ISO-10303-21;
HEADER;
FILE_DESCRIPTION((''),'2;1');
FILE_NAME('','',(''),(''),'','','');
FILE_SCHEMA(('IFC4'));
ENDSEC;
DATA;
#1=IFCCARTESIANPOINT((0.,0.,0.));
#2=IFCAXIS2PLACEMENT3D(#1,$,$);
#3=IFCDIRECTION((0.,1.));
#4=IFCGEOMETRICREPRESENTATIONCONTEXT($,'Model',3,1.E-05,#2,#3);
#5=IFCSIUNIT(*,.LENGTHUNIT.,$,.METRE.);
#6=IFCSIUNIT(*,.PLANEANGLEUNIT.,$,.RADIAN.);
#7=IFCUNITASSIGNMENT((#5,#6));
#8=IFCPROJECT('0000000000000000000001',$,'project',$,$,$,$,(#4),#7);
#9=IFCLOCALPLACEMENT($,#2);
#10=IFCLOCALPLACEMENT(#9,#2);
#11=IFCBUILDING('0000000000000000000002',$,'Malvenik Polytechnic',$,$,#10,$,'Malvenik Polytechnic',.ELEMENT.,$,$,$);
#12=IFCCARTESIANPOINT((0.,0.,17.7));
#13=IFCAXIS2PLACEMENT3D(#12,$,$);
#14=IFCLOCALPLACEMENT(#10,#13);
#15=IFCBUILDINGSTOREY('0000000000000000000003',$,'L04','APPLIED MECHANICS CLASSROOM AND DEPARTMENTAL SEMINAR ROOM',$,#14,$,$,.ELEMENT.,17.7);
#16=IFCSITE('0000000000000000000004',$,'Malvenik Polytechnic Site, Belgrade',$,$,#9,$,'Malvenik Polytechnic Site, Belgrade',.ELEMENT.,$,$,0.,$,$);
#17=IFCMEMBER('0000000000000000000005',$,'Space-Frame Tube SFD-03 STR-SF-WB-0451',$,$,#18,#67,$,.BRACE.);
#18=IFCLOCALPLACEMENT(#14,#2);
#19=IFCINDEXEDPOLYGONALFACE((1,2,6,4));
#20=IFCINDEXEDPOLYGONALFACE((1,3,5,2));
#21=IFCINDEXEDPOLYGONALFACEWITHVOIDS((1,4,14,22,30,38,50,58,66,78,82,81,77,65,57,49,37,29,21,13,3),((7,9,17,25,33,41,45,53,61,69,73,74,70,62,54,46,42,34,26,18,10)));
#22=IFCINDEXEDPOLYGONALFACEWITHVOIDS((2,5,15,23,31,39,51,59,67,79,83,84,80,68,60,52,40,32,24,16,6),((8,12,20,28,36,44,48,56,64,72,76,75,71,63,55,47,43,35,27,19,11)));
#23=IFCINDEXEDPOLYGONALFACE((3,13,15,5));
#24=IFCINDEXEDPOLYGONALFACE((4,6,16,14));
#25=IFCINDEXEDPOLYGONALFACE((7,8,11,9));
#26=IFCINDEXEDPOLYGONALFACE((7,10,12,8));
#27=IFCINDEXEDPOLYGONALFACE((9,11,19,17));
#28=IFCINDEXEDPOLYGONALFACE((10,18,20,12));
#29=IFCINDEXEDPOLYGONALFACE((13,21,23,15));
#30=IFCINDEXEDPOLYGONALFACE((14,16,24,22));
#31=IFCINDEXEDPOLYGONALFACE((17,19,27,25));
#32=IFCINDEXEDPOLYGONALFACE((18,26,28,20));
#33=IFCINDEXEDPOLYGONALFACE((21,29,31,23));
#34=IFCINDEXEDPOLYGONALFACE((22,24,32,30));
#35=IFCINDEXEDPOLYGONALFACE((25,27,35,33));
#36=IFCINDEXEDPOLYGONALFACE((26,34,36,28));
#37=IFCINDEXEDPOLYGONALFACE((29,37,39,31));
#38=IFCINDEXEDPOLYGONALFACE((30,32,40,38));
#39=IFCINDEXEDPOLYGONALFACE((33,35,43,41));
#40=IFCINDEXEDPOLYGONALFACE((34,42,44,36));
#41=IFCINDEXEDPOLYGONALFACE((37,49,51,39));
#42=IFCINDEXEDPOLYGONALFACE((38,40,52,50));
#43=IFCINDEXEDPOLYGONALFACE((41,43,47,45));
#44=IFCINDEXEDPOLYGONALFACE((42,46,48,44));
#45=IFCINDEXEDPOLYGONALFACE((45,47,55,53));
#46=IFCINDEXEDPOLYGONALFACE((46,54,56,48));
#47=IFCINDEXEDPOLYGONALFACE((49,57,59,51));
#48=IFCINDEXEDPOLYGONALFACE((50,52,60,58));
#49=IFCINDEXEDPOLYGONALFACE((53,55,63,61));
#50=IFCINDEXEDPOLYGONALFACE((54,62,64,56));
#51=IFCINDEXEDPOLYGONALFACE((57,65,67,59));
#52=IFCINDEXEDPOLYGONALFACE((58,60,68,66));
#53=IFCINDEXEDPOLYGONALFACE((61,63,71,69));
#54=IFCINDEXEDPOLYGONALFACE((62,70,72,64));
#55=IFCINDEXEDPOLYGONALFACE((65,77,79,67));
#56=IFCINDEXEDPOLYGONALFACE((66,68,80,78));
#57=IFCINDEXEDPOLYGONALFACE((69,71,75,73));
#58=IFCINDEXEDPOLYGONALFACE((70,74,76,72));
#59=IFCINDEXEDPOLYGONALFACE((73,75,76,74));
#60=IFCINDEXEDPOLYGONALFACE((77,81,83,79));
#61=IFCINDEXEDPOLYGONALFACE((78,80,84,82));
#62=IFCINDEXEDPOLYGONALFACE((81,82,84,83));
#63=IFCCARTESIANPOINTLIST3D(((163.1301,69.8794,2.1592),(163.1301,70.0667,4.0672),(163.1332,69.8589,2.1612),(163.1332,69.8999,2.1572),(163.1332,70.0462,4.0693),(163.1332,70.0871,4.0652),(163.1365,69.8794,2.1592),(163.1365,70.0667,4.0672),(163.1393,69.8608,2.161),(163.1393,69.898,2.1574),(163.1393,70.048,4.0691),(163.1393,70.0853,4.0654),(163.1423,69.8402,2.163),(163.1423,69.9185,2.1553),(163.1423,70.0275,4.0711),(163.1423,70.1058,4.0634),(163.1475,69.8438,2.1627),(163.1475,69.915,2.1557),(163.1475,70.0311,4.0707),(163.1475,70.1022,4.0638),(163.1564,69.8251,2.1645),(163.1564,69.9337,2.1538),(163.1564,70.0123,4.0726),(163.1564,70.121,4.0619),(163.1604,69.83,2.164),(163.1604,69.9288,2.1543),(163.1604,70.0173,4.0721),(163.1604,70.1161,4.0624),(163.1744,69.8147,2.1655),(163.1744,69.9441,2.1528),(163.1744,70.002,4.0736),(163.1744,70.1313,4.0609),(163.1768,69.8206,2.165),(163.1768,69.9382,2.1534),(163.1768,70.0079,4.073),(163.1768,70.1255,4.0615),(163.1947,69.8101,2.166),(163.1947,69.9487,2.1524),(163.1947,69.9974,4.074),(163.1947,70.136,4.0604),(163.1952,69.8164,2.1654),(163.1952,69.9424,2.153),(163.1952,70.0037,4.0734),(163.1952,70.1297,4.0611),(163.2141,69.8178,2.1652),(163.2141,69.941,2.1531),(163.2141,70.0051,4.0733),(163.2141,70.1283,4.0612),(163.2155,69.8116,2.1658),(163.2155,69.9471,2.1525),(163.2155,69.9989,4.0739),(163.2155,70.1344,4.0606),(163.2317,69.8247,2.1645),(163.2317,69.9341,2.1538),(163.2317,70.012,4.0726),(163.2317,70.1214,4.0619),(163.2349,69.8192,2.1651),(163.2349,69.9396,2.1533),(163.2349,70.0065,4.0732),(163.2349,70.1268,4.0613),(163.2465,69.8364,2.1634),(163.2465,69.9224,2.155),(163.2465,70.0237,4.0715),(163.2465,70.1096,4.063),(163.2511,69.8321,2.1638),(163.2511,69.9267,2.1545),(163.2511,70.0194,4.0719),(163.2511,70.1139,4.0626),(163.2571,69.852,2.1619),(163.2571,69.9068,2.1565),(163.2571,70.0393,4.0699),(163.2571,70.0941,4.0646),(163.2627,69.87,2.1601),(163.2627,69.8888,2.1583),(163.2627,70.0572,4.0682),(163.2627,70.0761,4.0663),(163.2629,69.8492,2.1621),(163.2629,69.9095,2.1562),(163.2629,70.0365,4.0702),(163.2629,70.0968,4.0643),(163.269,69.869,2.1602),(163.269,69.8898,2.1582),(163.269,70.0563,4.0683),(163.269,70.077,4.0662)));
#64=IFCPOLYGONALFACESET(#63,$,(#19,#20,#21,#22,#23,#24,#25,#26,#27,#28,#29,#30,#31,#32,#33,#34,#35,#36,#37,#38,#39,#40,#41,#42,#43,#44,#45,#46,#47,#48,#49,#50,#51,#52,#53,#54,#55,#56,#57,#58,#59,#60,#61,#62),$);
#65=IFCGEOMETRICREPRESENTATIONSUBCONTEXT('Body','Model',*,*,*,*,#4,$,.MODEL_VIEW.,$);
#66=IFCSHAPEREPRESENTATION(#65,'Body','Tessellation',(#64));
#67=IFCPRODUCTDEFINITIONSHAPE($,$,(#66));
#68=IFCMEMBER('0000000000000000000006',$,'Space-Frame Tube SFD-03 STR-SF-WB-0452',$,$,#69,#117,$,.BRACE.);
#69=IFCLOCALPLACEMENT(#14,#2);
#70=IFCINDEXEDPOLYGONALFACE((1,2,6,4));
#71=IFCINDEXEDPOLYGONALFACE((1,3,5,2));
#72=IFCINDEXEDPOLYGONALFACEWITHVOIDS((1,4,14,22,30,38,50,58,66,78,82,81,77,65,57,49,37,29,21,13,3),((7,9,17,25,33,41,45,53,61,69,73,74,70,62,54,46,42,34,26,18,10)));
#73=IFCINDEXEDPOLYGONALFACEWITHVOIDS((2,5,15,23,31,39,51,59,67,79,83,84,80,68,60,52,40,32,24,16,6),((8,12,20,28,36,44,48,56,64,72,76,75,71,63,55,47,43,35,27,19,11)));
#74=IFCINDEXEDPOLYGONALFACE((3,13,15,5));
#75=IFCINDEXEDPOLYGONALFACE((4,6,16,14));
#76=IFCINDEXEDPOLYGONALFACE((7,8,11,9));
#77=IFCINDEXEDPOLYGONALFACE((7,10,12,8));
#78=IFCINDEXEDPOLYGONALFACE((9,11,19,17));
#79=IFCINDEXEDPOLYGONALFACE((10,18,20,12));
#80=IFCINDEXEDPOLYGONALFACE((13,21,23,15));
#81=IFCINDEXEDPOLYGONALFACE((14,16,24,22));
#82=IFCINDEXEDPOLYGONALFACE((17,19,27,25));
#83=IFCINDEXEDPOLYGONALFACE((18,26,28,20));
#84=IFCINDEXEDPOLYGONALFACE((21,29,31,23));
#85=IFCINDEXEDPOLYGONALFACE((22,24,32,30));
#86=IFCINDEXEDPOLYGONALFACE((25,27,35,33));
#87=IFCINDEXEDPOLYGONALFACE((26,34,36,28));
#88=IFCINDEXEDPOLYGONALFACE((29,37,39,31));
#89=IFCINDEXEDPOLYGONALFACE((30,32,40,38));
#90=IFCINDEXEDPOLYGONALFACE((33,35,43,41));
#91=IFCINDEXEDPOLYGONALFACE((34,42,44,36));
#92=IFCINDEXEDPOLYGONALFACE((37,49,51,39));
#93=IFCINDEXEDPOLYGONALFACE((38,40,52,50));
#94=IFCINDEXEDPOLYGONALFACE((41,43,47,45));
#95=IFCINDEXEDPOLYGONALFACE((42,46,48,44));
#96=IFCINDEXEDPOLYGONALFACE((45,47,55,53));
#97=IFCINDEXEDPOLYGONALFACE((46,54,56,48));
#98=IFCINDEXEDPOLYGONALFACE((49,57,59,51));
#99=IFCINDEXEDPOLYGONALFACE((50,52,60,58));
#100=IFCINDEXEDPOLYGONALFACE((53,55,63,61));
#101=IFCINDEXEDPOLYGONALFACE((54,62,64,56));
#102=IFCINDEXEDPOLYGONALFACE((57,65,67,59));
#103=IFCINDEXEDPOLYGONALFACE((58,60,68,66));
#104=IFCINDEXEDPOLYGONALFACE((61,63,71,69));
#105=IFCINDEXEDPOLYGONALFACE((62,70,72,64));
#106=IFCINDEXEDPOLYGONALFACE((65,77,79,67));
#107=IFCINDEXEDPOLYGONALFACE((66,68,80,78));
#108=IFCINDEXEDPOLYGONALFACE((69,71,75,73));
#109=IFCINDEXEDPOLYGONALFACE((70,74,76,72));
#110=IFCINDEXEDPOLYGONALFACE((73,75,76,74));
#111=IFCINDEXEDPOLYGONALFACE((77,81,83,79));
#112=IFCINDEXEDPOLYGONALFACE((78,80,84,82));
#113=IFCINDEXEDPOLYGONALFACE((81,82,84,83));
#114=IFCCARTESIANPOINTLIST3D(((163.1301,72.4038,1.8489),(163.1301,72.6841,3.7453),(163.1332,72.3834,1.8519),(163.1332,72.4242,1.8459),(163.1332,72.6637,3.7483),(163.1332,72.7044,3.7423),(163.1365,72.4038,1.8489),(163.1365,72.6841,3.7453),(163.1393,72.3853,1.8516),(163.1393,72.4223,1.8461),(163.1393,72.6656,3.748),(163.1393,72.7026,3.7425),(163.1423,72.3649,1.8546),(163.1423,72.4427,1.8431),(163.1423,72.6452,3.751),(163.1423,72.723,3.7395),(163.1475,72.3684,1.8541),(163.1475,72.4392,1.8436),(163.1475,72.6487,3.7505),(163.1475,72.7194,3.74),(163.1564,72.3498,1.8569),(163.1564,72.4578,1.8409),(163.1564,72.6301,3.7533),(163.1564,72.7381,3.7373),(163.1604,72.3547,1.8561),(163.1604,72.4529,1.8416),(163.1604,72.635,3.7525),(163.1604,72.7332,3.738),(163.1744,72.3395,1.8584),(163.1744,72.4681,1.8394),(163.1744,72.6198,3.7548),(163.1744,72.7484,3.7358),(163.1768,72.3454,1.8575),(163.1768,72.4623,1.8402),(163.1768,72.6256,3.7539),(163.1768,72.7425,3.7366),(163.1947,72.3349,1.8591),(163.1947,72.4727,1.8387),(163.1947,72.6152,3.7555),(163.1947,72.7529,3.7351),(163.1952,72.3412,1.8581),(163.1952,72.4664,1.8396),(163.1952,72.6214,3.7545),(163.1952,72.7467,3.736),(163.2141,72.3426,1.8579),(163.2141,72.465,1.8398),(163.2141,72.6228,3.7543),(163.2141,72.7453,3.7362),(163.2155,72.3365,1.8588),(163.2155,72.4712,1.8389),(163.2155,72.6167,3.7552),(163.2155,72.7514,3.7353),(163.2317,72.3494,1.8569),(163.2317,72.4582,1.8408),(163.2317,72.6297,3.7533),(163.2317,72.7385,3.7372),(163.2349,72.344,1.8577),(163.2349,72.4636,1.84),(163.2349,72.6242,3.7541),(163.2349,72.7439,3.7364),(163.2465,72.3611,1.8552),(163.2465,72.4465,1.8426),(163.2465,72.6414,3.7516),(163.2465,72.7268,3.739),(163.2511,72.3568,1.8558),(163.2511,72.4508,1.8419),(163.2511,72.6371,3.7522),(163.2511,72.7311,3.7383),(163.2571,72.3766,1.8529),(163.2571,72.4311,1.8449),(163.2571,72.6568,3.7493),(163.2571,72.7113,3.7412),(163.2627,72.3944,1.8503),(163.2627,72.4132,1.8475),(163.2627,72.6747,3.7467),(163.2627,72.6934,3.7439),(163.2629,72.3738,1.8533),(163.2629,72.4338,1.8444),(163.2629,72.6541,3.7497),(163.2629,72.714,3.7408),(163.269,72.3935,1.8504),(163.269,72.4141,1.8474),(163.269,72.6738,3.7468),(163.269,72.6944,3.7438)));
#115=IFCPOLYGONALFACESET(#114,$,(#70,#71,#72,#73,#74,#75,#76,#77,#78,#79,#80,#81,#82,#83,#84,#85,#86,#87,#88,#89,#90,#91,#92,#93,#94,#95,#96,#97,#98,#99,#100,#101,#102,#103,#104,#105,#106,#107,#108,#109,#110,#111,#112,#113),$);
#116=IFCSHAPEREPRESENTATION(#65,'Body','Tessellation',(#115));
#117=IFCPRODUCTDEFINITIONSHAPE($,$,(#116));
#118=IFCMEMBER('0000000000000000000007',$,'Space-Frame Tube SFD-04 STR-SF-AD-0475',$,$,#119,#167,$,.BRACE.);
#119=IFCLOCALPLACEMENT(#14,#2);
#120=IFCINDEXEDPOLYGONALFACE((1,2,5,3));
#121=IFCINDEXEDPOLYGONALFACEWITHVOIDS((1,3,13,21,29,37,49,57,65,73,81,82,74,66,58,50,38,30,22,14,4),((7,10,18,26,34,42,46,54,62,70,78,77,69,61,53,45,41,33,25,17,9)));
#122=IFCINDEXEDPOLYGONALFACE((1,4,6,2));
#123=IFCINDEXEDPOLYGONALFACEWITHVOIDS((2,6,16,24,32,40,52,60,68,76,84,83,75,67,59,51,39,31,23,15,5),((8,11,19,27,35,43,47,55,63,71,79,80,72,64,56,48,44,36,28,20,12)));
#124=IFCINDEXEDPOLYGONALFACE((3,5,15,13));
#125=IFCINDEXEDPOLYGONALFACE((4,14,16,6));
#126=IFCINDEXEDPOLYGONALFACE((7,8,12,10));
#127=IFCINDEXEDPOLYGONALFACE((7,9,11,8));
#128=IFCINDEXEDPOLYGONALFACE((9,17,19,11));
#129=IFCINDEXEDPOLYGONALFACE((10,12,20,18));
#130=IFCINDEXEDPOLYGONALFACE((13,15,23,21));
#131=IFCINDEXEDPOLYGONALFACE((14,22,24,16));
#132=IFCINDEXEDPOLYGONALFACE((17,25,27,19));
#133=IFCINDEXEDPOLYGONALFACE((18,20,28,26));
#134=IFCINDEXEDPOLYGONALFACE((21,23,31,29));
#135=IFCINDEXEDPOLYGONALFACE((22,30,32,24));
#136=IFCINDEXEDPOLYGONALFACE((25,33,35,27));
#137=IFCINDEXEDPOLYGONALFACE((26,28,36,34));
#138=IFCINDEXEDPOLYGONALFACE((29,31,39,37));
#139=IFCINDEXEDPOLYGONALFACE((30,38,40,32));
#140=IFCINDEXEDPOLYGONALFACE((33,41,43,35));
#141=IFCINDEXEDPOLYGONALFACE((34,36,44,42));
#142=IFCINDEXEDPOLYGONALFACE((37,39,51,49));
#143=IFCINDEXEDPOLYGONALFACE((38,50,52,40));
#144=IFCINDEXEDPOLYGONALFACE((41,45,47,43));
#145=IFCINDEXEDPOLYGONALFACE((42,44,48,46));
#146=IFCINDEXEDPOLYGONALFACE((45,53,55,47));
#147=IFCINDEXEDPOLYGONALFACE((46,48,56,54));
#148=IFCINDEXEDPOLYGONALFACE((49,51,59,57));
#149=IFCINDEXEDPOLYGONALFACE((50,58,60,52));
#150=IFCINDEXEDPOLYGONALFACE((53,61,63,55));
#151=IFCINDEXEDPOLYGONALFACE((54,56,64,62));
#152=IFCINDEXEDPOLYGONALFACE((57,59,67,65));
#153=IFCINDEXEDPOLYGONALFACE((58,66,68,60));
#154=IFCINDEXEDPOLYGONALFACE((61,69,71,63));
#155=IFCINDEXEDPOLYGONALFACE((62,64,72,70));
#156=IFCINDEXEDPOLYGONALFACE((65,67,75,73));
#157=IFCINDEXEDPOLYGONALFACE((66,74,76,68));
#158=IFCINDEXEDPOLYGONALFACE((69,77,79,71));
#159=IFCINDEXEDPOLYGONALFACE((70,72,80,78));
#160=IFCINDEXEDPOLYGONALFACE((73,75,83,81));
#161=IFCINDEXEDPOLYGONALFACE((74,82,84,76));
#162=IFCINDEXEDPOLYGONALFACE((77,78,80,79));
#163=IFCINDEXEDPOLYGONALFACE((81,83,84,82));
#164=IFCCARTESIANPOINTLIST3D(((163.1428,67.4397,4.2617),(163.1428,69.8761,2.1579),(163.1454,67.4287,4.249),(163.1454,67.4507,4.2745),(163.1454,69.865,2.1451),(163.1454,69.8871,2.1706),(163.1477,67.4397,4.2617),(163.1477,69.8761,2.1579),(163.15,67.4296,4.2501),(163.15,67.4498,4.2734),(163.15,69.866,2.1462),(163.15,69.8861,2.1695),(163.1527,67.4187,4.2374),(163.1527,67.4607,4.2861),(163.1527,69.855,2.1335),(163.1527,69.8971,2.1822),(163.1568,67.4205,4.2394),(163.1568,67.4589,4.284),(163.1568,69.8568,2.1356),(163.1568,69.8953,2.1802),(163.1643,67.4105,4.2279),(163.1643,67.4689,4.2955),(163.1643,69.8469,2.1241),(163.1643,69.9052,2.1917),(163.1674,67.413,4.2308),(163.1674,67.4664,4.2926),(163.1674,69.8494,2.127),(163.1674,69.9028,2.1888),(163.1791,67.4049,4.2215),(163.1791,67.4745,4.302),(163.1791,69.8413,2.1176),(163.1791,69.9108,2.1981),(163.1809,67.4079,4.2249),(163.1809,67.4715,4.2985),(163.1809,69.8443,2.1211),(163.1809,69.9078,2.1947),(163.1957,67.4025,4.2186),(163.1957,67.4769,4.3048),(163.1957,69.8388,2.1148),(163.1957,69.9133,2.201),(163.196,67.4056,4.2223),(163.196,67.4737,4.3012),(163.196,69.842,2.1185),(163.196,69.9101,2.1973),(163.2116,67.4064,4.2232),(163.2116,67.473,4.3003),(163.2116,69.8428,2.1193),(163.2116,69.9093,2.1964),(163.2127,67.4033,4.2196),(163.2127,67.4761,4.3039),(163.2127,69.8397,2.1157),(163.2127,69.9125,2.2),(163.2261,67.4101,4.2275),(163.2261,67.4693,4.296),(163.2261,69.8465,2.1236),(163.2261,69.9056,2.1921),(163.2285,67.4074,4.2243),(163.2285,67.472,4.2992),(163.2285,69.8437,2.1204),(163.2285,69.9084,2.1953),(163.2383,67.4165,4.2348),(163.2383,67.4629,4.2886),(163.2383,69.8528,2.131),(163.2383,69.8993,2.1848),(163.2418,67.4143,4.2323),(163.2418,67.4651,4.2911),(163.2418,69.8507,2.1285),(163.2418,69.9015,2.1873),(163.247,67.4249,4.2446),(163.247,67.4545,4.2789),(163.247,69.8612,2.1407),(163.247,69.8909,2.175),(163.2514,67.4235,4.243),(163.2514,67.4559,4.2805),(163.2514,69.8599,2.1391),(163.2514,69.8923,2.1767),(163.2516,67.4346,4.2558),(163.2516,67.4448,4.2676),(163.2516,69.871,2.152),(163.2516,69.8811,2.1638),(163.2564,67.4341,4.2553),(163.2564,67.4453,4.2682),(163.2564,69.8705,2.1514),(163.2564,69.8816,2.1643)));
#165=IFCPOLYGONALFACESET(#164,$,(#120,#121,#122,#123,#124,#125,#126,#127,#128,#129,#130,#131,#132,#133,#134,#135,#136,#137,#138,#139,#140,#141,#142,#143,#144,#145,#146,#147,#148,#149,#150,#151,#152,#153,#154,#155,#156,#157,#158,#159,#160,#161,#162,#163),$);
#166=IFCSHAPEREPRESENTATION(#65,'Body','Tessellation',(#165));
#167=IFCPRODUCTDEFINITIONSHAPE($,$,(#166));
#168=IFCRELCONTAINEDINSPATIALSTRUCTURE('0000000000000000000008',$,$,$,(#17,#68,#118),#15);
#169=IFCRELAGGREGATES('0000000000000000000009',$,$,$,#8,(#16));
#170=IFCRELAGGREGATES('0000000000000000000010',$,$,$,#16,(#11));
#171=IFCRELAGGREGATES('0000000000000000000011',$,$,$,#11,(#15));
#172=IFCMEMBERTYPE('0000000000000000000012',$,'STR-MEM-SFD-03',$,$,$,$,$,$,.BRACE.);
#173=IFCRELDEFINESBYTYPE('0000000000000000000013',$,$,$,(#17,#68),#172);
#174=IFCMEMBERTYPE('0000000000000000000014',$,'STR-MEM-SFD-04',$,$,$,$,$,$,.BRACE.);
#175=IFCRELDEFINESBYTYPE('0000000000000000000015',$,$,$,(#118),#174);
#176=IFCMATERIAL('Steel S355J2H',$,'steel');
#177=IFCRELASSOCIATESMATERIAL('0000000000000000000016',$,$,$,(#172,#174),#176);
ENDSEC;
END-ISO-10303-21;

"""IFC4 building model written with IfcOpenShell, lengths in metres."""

from ifc_helpers import new_model, si_unit, direction, frame, origin, origin_2d, place, context, subcontext, project, spatial, hollow_circle, extrude, material, material_profile, profile_set, type_object, element, save


model = new_model("IFC4")

# Units and contexts
model_context = context("Model", 3, precision=1e-05, world=origin(), true_north=direction((0.0, 1.0)))
body_context = subcontext(model_context, "Body", "Model", "MODEL_VIEW")
ifc_project = project(units=[si_unit("LENGTHUNIT", "METRE"), si_unit("PLANEANGLEUNIT", "RADIAN")], contexts=[model_context])

# Site, building, storey
site_placement = place(None, origin())
site = spatial("IfcSite", under=ifc_project, at=site_placement, Name="Malvenik Polytechnic Site, Belgrade", LongName="Malvenik Polytechnic Site, Belgrade", CompositionType="ELEMENT", RefElevation=0.0)
building_placement = place(site_placement, origin())
building = spatial("IfcBuilding", under=site, at=building_placement, Name="Malvenik Polytechnic", LongName="Malvenik Polytechnic", CompositionType="ELEMENT")
storey_placement = place(building_placement, frame((0.0, 0.0, 17.7)))
storey = spatial("IfcBuildingStorey", under=building, at=storey_placement, Name="L04", Description="APPLIED MECHANICS CLASSROOM AND DEPARTMENTAL SEMINAR ROOM", CompositionType="ELEMENT", Elevation=17.7)

# Members
ifc_material_1 = material(Name="Steel S355J2H", Category="steel")
ifc_material_profile_1 = material_profile(ifc_material_1, hollow_circle(Radius=0.0698, WallThickness=0.0063, at=origin_2d()), Name="CHS 139.7x6.3")
ifc_profile_set_1 = profile_set([ifc_material_profile_1], Name="Steel S355J2H")
member_type_1 = type_object("IfcMemberType", Name="STR-MEM-SFD-03", PredefinedType="BRACE", material=ifc_profile_set_1)
member_1_placement = place(storey_placement, frame((163.2, 69.8794, 2.1592), z_axis=(0.0, 0.097675, 0.995218), x_axis=(-1.0, 0.0, 0.0)))
element("IfcMember", 1, at=member_1_placement, inside=storey, type_object=member_type_1, Name="Space-Frame Tube SFD-03 STR-SF-WB-0451", PredefinedType="BRACE", context=body_context, shape_type="SweptSolid", body=[
    extrude(hollow_circle(Radius=0.0698, WallThickness=0.0063, at=origin_2d()), origin(), (0.0, 0.0, 1.0), 1.9172),
])
member_2_placement = place(storey_placement, frame((163.2, 72.4038, 1.8489), z_axis=(0.0, 0.146198, 0.989255), x_axis=(-1.0, 0.0, 0.0)))
element("IfcMember", 2, at=member_2_placement, inside=storey, type_object=member_type_1, Name="Space-Frame Tube SFD-03 STR-SF-WB-0452", PredefinedType="BRACE", context=body_context, shape_type="SweptSolid", body=[
    extrude(hollow_circle(Radius=0.0698, WallThickness=0.0063, at=origin_2d()), origin(), (0.0, 0.0, 1.0), 1.917),
])
ifc_material_profile_2 = material_profile(ifc_material_1, hollow_circle(Radius=0.0571, WallThickness=0.0049, at=origin_2d()), Name="CHS 114.3x5.0")
ifc_profile_set_2 = profile_set([ifc_material_profile_2], Name="Steel S355J2H")
member_type_2 = type_object("IfcMemberType", Name="STR-MEM-SFD-04", PredefinedType="BRACE", material=ifc_profile_set_2)
for number, where, z_axis, x_axis, name in (
    (3, (163.2, 67.4397, 4.2617), (0.0, 0.756869, -0.653567), (-1.0, 0.0, 0.0), "Space-Frame Tube SFD-04 STR-SF-AD-0475"),
):
    element("IfcMember", number, at=place(storey_placement, frame(where, z_axis=z_axis, x_axis=x_axis)), inside=storey, type_object=member_type_2, Name=name, PredefinedType="BRACE", context=body_context, shape_type="SweptSolid", body=[
        extrude(hollow_circle(Radius=0.0571, WallThickness=0.0049, at=origin_2d()), origin(), (0.0, 0.0, 1.0), 3.219),
    ])

save(model, "model.ifc")
